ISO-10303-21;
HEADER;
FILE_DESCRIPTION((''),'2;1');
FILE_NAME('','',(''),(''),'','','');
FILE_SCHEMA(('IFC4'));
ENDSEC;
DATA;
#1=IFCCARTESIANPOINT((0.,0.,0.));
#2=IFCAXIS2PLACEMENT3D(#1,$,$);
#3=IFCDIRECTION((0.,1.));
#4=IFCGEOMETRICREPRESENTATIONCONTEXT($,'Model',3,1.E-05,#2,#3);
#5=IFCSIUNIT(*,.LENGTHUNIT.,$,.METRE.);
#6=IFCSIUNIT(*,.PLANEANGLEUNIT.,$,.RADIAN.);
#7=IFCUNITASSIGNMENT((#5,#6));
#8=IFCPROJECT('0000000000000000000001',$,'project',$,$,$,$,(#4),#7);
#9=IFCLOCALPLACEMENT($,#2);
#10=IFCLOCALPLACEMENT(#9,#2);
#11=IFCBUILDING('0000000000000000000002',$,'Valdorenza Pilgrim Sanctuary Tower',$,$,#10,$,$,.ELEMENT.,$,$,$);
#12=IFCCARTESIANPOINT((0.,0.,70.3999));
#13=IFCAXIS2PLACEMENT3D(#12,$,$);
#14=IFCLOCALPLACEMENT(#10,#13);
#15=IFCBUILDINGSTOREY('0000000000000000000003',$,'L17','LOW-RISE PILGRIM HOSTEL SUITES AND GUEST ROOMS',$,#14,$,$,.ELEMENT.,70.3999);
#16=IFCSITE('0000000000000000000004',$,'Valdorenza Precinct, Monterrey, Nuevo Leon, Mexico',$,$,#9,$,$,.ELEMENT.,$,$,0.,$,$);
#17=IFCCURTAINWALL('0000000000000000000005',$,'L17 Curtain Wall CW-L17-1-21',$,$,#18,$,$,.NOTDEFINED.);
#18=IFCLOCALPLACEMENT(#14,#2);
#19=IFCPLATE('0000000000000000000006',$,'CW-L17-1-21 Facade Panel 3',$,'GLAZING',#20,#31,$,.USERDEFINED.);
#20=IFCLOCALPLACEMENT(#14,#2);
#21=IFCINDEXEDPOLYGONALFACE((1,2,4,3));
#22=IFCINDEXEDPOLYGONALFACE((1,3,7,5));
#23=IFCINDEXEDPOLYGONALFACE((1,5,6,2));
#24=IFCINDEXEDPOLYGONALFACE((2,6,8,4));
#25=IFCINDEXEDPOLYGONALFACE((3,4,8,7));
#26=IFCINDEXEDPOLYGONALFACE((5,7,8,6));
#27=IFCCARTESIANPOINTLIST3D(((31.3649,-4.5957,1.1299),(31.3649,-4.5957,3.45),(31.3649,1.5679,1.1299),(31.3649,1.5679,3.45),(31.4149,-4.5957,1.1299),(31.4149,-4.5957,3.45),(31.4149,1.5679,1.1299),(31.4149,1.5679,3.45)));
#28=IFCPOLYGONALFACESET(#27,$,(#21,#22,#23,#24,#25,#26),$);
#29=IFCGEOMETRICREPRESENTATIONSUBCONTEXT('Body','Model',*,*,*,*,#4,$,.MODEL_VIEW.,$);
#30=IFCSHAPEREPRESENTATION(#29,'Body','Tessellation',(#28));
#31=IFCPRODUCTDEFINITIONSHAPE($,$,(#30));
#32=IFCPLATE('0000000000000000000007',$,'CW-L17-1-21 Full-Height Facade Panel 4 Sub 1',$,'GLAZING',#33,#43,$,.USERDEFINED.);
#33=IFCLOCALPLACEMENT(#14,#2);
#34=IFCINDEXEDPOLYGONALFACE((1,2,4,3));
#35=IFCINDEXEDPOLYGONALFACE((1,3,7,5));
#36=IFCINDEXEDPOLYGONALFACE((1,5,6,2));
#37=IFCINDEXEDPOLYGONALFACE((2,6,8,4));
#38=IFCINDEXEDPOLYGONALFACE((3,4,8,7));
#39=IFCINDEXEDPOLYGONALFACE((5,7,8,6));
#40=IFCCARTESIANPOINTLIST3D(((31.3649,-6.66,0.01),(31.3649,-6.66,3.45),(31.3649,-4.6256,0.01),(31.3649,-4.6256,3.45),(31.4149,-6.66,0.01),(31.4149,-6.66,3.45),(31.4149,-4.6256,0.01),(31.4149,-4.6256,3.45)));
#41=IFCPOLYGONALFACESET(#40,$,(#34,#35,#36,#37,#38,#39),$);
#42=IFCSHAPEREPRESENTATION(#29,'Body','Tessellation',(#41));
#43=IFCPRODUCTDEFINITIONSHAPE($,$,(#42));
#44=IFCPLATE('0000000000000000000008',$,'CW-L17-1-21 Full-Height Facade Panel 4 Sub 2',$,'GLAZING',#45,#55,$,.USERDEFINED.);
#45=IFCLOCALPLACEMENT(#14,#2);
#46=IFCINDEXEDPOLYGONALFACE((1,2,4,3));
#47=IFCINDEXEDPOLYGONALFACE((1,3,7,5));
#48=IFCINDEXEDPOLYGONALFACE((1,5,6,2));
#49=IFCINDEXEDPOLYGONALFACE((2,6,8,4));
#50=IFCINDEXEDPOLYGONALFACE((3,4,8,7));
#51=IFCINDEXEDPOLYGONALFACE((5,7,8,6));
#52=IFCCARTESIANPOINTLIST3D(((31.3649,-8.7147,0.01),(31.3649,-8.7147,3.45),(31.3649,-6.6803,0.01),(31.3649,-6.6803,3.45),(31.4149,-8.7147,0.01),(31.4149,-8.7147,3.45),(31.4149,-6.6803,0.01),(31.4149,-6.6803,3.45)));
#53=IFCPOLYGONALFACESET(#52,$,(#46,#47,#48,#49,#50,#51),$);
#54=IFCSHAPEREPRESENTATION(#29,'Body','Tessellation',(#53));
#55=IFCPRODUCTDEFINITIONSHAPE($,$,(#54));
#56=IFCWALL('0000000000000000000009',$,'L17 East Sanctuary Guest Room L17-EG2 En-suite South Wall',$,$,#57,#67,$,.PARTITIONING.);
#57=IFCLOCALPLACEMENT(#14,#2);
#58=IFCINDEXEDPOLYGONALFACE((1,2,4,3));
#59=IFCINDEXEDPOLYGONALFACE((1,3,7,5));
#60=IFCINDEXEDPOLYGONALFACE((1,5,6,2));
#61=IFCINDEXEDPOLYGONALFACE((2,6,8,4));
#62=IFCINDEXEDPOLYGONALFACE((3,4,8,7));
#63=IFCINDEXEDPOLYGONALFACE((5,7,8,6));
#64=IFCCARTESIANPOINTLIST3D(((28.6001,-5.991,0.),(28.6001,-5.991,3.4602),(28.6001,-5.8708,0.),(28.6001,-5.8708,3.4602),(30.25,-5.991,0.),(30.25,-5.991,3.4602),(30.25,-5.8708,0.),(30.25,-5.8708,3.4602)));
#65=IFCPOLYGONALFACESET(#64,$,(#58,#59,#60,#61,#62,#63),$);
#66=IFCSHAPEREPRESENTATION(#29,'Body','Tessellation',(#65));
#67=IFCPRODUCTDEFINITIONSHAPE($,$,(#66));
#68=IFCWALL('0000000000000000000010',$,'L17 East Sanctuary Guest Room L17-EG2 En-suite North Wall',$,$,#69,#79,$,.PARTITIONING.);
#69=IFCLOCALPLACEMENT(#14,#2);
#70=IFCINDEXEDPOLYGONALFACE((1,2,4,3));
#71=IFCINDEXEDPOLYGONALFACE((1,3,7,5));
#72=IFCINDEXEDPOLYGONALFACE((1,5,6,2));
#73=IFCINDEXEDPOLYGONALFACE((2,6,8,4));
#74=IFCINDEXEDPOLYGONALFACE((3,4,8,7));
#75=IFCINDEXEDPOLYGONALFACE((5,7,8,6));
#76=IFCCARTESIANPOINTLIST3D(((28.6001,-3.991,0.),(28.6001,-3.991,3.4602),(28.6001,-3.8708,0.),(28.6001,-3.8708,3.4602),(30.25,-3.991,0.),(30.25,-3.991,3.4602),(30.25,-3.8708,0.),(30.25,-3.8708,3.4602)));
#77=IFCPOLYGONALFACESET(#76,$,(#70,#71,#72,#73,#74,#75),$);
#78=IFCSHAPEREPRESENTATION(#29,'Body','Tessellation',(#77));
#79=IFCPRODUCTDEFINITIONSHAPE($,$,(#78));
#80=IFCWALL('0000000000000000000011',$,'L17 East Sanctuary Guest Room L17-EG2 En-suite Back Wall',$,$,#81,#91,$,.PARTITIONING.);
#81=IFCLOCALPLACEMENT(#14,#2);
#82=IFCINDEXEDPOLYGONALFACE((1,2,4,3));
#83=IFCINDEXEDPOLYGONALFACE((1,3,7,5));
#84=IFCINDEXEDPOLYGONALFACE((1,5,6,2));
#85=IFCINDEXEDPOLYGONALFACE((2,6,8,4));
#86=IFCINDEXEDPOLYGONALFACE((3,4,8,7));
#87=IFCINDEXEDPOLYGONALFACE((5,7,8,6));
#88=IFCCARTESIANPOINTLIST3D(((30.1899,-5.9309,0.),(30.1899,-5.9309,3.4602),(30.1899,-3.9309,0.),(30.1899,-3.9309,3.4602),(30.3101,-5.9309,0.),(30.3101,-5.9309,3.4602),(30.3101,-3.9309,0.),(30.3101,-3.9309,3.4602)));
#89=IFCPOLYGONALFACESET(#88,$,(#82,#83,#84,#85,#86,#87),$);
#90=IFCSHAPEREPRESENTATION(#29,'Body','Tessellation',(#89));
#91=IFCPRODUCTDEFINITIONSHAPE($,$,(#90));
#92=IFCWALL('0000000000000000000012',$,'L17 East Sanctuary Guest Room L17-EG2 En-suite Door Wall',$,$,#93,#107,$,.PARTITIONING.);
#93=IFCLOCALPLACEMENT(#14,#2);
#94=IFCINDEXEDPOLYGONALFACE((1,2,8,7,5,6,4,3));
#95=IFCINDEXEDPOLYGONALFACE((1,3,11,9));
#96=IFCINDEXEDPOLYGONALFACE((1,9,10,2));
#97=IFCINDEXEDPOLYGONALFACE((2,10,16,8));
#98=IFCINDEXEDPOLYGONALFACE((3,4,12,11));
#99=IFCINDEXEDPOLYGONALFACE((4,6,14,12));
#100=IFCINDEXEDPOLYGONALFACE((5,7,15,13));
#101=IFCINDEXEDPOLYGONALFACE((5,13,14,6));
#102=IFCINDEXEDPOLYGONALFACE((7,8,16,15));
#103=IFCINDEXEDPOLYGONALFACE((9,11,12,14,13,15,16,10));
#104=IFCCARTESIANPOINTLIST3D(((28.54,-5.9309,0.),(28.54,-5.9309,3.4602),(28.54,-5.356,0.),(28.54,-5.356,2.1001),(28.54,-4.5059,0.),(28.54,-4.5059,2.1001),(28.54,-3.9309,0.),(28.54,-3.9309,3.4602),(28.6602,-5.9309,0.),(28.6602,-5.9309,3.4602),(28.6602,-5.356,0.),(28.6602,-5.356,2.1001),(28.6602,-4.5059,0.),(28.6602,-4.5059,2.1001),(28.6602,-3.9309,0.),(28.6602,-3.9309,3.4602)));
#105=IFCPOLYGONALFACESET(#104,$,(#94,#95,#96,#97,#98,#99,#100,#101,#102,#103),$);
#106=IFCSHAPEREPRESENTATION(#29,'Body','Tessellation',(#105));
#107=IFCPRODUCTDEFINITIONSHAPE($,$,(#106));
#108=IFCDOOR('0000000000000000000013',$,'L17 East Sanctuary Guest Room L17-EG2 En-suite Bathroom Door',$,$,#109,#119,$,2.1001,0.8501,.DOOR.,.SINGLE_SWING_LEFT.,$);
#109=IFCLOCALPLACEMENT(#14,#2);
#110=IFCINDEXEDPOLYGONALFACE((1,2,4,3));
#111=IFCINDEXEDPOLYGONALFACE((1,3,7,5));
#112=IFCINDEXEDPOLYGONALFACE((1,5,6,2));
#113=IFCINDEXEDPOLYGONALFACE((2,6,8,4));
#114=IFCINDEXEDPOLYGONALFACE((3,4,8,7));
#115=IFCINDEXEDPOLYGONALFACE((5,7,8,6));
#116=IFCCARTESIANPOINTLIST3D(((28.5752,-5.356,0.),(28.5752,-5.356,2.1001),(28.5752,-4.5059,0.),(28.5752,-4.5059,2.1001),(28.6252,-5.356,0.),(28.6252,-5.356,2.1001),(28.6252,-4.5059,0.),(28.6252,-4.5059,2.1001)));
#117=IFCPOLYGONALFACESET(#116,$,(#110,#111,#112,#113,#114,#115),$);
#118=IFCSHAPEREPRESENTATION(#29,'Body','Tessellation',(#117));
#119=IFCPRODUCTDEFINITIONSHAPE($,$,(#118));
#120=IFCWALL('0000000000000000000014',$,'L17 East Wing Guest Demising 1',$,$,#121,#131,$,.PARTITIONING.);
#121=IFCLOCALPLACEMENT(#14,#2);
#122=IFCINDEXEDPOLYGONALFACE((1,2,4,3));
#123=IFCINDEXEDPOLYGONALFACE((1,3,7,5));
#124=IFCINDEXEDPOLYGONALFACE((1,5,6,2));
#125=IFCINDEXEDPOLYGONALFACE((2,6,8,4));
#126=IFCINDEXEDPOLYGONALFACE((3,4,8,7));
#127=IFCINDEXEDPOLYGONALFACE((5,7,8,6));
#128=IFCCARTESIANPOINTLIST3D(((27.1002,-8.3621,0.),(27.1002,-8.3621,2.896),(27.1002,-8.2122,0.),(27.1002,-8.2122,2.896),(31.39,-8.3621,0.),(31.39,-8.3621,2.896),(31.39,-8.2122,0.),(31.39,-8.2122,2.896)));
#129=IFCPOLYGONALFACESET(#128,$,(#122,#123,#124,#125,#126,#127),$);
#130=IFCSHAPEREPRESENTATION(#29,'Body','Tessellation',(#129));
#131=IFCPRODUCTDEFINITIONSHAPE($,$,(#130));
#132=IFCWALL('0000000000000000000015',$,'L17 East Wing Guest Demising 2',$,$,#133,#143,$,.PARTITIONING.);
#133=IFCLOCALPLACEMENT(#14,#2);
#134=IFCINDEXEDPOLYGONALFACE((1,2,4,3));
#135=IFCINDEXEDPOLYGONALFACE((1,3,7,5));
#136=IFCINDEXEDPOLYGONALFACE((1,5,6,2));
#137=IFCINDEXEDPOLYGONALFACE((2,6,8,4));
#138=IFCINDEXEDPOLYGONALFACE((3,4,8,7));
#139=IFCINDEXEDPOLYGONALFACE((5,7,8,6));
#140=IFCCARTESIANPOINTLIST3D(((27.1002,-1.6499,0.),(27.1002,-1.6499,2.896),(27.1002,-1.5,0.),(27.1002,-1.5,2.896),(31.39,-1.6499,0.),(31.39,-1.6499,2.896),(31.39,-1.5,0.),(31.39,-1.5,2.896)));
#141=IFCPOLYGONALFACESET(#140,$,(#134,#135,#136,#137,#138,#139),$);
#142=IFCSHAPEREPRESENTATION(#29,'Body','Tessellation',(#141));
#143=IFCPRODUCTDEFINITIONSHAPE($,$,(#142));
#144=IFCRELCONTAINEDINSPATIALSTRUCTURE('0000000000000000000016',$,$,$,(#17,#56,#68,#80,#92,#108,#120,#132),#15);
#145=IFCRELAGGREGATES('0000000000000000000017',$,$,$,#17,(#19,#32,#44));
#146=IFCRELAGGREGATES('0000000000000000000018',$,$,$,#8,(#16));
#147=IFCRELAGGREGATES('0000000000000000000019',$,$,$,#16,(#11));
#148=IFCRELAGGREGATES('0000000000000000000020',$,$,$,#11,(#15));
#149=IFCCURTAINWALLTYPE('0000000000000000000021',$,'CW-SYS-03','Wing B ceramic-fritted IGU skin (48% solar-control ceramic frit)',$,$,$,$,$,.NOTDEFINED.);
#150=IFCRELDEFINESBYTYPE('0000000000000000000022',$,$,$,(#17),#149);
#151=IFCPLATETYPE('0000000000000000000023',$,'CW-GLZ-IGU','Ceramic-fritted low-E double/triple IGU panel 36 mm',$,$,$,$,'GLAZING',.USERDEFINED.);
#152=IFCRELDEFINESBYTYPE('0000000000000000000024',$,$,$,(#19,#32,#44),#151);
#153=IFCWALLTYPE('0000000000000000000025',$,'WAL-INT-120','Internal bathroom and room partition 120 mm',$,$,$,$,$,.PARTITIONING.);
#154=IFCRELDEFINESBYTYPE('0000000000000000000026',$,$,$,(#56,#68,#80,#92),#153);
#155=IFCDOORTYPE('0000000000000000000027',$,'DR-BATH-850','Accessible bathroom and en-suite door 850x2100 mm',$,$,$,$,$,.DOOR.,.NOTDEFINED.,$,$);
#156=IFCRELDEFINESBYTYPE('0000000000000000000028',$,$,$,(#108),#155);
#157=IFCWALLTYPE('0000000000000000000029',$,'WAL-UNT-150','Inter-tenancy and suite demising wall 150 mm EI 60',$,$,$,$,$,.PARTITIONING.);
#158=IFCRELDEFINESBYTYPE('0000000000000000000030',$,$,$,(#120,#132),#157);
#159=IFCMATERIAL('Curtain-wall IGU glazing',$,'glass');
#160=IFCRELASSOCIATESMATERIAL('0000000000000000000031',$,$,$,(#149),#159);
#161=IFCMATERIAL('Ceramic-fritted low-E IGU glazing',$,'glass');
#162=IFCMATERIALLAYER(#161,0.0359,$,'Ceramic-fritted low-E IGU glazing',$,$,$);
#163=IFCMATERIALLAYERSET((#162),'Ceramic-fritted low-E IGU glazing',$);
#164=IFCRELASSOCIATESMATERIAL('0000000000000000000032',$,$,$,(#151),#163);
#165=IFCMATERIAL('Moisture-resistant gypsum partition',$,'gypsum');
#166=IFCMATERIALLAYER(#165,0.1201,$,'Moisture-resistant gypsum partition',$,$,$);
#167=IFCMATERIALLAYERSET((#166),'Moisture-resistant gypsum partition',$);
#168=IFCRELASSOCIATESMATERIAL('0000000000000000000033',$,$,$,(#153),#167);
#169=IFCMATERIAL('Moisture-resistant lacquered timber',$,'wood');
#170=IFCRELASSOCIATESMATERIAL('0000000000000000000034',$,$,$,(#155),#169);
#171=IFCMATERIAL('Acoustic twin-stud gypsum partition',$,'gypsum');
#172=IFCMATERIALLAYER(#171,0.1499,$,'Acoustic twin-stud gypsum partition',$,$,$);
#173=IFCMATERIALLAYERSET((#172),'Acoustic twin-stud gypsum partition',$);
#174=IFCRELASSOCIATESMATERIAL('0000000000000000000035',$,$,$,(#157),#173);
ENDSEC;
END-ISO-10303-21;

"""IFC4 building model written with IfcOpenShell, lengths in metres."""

from ifc_helpers import new_model, si_unit, direction, frame, frame_2d, origin, origin_2d, place, context, subcontext, project, spatial, rectangle, extrude, source, transform, mapped, material, layer, layer_set, type_object, element, fill, aggregate, save


model = new_model("IFC4")

# Units and contexts
model_context = context("Model", 3, precision=1e-05, world=origin(), true_north=direction((0.0, 1.0)))
body_context = subcontext(model_context, "Body", "Model", "MODEL_VIEW")
ifc_project = project(units=[si_unit("LENGTHUNIT", "METRE"), si_unit("PLANEANGLEUNIT", "RADIAN")], contexts=[model_context])

# Site, building, storey
site_placement = place(None, origin())
site = spatial("IfcSite", under=ifc_project, at=site_placement, Name="Valdorenza Precinct, Monterrey, Nuevo Leon, Mexico", CompositionType="ELEMENT", RefElevation=0.0)
building_placement = place(site_placement, origin())
building = spatial("IfcBuilding", under=site, at=building_placement, Name="Valdorenza Pilgrim Sanctuary Tower", CompositionType="ELEMENT")
storey_placement = place(building_placement, frame((0.0, 0.0, 70.3999)))
storey = spatial("IfcBuildingStorey", under=building, at=storey_placement, Name="L17", Description="LOW-RISE PILGRIM HOSTEL SUITES AND GUEST ROOMS", CompositionType="ELEMENT", Elevation=70.3999)

# Curtain wall, plates
ifc_material_1 = material(Name="Curtain-wall IGU glazing", Category="glass")
curtain_wall_type = type_object("IfcCurtainWallType", Name="CW-SYS-03", Description="Wing B ceramic-fritted IGU skin (48% solar-control ceramic frit)", PredefinedType="NOTDEFINED", material=ifc_material_1)
curtain_wall_placement = place(storey_placement, origin())
curtain_wall = element("IfcCurtainWall", 1, at=curtain_wall_placement, inside=storey, type_object=curtain_wall_type, Name="L17 Curtain Wall CW-L17-1-21", PredefinedType="NOTDEFINED")
ifc_material_2 = material(Name="Ceramic-fritted low-E IGU glazing", Category="glass")
ifc_layer_1 = layer(ifc_material_2, 0.0359, Name="Ceramic-fritted low-E IGU glazing")
ifc_layer_set_1 = layer_set([ifc_layer_1], Name="Ceramic-fritted low-E IGU glazing")
plate_type_1 = type_object("IfcPlateType", Name="CW-GLZ-IGU", Description="Ceramic-fritted low-E double/triple IGU panel 36 mm", ElementType="GLAZING", PredefinedType="USERDEFINED", material=ifc_layer_set_1)
shared_shape_1 = source(origin(), body_context, "Body", "SweptSolid", [
    extrude(rectangle(XDim=6.1636, YDim=0.05, at=origin_2d()), origin(), (0.0, 0.0, 1.0), 2.3201),
])
plate_1_placement = place(storey_placement, frame((31.3899, -1.5139, 1.1299), z_axis=(0.0, 0.0, 1.0), x_axis=(0.0, -1.0, 0.0)))
plate_1 = element("IfcPlate", 2, at=plate_1_placement, type_object=plate_type_1, Name="CW-L17-1-21 Facade Panel 3", ObjectType="GLAZING", PredefinedType="USERDEFINED", context=body_context, shape_type="MappedRepresentation", body=[
    mapped(shared_shape_1, transform((0.0, 0.0, 0.0), x_axis=(1.0, 0.0, 0.0), y_axis=(0.0, 1.0, 0.0), z_axis=(0.0, 0.0, 1.0), scale=1.0)),
])
shared_shape_2 = source(origin(), body_context, "Body", "SweptSolid", [
    extrude(rectangle(XDim=2.0344, YDim=0.05, at=origin_2d()), origin(), (0.0, 0.0, 1.0), 3.4399),
])
plate_2_placement = place(storey_placement, frame((31.3899, -5.6428, 0.01), z_axis=(0.0, 0.0, 1.0), x_axis=(0.0, -1.0, 0.0)))
plate_2 = element("IfcPlate", 3, at=plate_2_placement, type_object=plate_type_1, Name="CW-L17-1-21 Full-Height Facade Panel 4 Sub 1", ObjectType="GLAZING", PredefinedType="USERDEFINED", context=body_context, shape_type="MappedRepresentation", body=[
    mapped(shared_shape_2, transform((0.0, 0.0, 0.0), x_axis=(1.0, 0.0, 0.0), y_axis=(0.0, 1.0, 0.0), z_axis=(0.0, 0.0, 1.0), scale=1.0)),
])
plate_3_placement = place(storey_placement, frame((31.3899, -7.6975, 0.01), z_axis=(0.0, 0.0, 1.0), x_axis=(0.0, -1.0, 0.0)))
plate_3 = element("IfcPlate", 4, at=plate_3_placement, type_object=plate_type_1, Name="CW-L17-1-21 Full-Height Facade Panel 4 Sub 2", ObjectType="GLAZING", PredefinedType="USERDEFINED", context=body_context, shape_type="MappedRepresentation", body=[
    mapped(shared_shape_2, transform((0.0, 0.0, 0.0), x_axis=(1.0, 0.0, 0.0), y_axis=(0.0, 1.0, 0.0), z_axis=(0.0, 0.0, 1.0), scale=1.0)),
])
aggregate(curtain_wall, [plate_1, plate_2, plate_3])

# Walls
ifc_material_3 = material(Name="Moisture-resistant gypsum partition", Category="gypsum")
ifc_layer_2 = layer(ifc_material_3, 0.1201, Name="Moisture-resistant gypsum partition")
ifc_layer_set_2 = layer_set([ifc_layer_2], Name="Moisture-resistant gypsum partition")
wall_type_1 = type_object("IfcWallType", Name="WAL-INT-120", Description="Internal bathroom and room partition 120 mm", PredefinedType="PARTITIONING", material=ifc_layer_set_2)
for number, where, z_axis, x_axis, name in (
    (5, (28.6001, -5.9309, 0.0), (0.0, 0.0, 1.0), (1.0, 0.0, 0.0), "L17 East Sanctuary Guest Room L17-EG2 En-suite South Wall"),
    (6, (28.6001, -3.9309, 0.0), (0.0, 0.0, 1.0), (1.0, 0.0, 0.0), "L17 East Sanctuary Guest Room L17-EG2 En-suite North Wall"),
):
    element("IfcWall", number, at=place(storey_placement, frame(where, z_axis=z_axis, x_axis=x_axis)), inside=storey, type_object=wall_type_1, Name=name, PredefinedType="PARTITIONING", context=body_context, shape_type="SweptSolid", body=[
        extrude(rectangle(XDim=1.6499, YDim=0.1201, at=frame_2d((0.825, 0.0))), origin(), (0.0, 0.0, 1.0), 3.4602),
    ])
wall_1_placement = place(storey_placement, frame((30.25, -5.9309, 0.0), z_axis=(0.0, 0.0, 1.0), x_axis=(0.0, 1.0, 0.0)))
element("IfcWall", 7, at=wall_1_placement, inside=storey, type_object=wall_type_1, Name="L17 East Sanctuary Guest Room L17-EG2 En-suite Back Wall", PredefinedType="PARTITIONING", context=body_context, shape_type="SweptSolid", body=[
    extrude(rectangle(XDim=2.0, YDim=0.1201, at=frame_2d((1.0, 0.0))), origin(), (0.0, 0.0, 1.0), 3.4602),
])

# Wall, opening, door
wall_2_placement = place(storey_placement, frame((28.6001, -5.9309, 0.0), z_axis=(0.0, 0.0, 1.0), x_axis=(0.0, 1.0, 0.0)))
wall_2 = element("IfcWall", 8, at=wall_2_placement, inside=storey, type_object=wall_type_1, Name="L17 East Sanctuary Guest Room L17-EG2 En-suite Door Wall", PredefinedType="PARTITIONING", context=body_context, shape_type="SweptSolid", body=[
    extrude(rectangle(XDim=2.0, YDim=0.1201, at=frame_2d((1.0, 0.0))), origin(), (0.0, 0.0, 1.0), 3.4602),
])
opening_placement = place(wall_2_placement, frame((0.575, 0.0, 0.0)))
opening = element("IfcOpeningElement", 9, at=opening_placement, cuts=wall_2, PredefinedType="OPENING", context=body_context, shape_type="SweptSolid", body=[
    extrude(rectangle(XDim=0.8501, YDim=2.1001, at=frame_2d((0.425, 1.05))), frame((0.0, 0.075, 0.0), z_axis=(0.0, -1.0, 0.0), x_axis=(1.0, 0.0, 0.0)), (0.0, 0.0, 1.0), 0.1499),
])
ifc_material_4 = material(Name="Moisture-resistant lacquered timber", Category="wood")
door_type = type_object("IfcDoorType", Name="DR-BATH-850", Description="Accessible bathroom and en-suite door 850x2100 mm", OperationType="NOTDEFINED", PredefinedType="DOOR", material=ifc_material_4)
door_placement = place(opening_placement, origin())
door = element("IfcDoor", 10, at=door_placement, inside=storey, type_object=door_type, Name="L17 East Sanctuary Guest Room L17-EG2 En-suite Bathroom Door", OperationType="SINGLE_SWING_LEFT", OverallHeight=2.1001, OverallWidth=0.8501, PredefinedType="DOOR", context=body_context, shape_type="SweptSolid", body=[
    extrude(rectangle(XDim=0.8501, YDim=2.1001, at=frame_2d((0.425, 1.05))), frame((0.0, 0.0249, 0.0), z_axis=(0.0, -1.0, 0.0), x_axis=(1.0, 0.0, 0.0)), (0.0, 0.0, 1.0), 0.05),
])
fill(opening, door)

# Walls
ifc_material_5 = material(Name="Acoustic twin-stud gypsum partition", Category="gypsum")
ifc_layer_3 = layer(ifc_material_5, 0.1499, Name="Acoustic twin-stud gypsum partition")
ifc_layer_set_3 = layer_set([ifc_layer_3], Name="Acoustic twin-stud gypsum partition")
wall_type_2 = type_object("IfcWallType", Name="WAL-UNT-150", Description="Inter-tenancy and suite demising wall 150 mm EI 60", PredefinedType="PARTITIONING", material=ifc_layer_set_3)
for number, where, z_axis, x_axis, name in (
    (11, (27.1001, -8.2871, 0.0), (0.0, 0.0, 1.0), (1.0, 0.0, 0.0), "L17 East Wing Guest Demising 1"),
    (12, (27.1001, -1.575, 0.0), (0.0, 0.0, 1.0), (1.0, 0.0, 0.0), "L17 East Wing Guest Demising 2"),
):
    element("IfcWall", number, at=place(storey_placement, frame(where, z_axis=z_axis, x_axis=x_axis)), inside=storey, type_object=wall_type_2, Name=name, PredefinedType="PARTITIONING", context=body_context, shape_type="SweptSolid", body=[
        extrude(rectangle(XDim=4.2898, YDim=0.1499, at=frame_2d((2.145, 0.0))), origin(), (0.0, 0.0, 1.0), 2.896),
    ])

save(model, "model.ifc")
